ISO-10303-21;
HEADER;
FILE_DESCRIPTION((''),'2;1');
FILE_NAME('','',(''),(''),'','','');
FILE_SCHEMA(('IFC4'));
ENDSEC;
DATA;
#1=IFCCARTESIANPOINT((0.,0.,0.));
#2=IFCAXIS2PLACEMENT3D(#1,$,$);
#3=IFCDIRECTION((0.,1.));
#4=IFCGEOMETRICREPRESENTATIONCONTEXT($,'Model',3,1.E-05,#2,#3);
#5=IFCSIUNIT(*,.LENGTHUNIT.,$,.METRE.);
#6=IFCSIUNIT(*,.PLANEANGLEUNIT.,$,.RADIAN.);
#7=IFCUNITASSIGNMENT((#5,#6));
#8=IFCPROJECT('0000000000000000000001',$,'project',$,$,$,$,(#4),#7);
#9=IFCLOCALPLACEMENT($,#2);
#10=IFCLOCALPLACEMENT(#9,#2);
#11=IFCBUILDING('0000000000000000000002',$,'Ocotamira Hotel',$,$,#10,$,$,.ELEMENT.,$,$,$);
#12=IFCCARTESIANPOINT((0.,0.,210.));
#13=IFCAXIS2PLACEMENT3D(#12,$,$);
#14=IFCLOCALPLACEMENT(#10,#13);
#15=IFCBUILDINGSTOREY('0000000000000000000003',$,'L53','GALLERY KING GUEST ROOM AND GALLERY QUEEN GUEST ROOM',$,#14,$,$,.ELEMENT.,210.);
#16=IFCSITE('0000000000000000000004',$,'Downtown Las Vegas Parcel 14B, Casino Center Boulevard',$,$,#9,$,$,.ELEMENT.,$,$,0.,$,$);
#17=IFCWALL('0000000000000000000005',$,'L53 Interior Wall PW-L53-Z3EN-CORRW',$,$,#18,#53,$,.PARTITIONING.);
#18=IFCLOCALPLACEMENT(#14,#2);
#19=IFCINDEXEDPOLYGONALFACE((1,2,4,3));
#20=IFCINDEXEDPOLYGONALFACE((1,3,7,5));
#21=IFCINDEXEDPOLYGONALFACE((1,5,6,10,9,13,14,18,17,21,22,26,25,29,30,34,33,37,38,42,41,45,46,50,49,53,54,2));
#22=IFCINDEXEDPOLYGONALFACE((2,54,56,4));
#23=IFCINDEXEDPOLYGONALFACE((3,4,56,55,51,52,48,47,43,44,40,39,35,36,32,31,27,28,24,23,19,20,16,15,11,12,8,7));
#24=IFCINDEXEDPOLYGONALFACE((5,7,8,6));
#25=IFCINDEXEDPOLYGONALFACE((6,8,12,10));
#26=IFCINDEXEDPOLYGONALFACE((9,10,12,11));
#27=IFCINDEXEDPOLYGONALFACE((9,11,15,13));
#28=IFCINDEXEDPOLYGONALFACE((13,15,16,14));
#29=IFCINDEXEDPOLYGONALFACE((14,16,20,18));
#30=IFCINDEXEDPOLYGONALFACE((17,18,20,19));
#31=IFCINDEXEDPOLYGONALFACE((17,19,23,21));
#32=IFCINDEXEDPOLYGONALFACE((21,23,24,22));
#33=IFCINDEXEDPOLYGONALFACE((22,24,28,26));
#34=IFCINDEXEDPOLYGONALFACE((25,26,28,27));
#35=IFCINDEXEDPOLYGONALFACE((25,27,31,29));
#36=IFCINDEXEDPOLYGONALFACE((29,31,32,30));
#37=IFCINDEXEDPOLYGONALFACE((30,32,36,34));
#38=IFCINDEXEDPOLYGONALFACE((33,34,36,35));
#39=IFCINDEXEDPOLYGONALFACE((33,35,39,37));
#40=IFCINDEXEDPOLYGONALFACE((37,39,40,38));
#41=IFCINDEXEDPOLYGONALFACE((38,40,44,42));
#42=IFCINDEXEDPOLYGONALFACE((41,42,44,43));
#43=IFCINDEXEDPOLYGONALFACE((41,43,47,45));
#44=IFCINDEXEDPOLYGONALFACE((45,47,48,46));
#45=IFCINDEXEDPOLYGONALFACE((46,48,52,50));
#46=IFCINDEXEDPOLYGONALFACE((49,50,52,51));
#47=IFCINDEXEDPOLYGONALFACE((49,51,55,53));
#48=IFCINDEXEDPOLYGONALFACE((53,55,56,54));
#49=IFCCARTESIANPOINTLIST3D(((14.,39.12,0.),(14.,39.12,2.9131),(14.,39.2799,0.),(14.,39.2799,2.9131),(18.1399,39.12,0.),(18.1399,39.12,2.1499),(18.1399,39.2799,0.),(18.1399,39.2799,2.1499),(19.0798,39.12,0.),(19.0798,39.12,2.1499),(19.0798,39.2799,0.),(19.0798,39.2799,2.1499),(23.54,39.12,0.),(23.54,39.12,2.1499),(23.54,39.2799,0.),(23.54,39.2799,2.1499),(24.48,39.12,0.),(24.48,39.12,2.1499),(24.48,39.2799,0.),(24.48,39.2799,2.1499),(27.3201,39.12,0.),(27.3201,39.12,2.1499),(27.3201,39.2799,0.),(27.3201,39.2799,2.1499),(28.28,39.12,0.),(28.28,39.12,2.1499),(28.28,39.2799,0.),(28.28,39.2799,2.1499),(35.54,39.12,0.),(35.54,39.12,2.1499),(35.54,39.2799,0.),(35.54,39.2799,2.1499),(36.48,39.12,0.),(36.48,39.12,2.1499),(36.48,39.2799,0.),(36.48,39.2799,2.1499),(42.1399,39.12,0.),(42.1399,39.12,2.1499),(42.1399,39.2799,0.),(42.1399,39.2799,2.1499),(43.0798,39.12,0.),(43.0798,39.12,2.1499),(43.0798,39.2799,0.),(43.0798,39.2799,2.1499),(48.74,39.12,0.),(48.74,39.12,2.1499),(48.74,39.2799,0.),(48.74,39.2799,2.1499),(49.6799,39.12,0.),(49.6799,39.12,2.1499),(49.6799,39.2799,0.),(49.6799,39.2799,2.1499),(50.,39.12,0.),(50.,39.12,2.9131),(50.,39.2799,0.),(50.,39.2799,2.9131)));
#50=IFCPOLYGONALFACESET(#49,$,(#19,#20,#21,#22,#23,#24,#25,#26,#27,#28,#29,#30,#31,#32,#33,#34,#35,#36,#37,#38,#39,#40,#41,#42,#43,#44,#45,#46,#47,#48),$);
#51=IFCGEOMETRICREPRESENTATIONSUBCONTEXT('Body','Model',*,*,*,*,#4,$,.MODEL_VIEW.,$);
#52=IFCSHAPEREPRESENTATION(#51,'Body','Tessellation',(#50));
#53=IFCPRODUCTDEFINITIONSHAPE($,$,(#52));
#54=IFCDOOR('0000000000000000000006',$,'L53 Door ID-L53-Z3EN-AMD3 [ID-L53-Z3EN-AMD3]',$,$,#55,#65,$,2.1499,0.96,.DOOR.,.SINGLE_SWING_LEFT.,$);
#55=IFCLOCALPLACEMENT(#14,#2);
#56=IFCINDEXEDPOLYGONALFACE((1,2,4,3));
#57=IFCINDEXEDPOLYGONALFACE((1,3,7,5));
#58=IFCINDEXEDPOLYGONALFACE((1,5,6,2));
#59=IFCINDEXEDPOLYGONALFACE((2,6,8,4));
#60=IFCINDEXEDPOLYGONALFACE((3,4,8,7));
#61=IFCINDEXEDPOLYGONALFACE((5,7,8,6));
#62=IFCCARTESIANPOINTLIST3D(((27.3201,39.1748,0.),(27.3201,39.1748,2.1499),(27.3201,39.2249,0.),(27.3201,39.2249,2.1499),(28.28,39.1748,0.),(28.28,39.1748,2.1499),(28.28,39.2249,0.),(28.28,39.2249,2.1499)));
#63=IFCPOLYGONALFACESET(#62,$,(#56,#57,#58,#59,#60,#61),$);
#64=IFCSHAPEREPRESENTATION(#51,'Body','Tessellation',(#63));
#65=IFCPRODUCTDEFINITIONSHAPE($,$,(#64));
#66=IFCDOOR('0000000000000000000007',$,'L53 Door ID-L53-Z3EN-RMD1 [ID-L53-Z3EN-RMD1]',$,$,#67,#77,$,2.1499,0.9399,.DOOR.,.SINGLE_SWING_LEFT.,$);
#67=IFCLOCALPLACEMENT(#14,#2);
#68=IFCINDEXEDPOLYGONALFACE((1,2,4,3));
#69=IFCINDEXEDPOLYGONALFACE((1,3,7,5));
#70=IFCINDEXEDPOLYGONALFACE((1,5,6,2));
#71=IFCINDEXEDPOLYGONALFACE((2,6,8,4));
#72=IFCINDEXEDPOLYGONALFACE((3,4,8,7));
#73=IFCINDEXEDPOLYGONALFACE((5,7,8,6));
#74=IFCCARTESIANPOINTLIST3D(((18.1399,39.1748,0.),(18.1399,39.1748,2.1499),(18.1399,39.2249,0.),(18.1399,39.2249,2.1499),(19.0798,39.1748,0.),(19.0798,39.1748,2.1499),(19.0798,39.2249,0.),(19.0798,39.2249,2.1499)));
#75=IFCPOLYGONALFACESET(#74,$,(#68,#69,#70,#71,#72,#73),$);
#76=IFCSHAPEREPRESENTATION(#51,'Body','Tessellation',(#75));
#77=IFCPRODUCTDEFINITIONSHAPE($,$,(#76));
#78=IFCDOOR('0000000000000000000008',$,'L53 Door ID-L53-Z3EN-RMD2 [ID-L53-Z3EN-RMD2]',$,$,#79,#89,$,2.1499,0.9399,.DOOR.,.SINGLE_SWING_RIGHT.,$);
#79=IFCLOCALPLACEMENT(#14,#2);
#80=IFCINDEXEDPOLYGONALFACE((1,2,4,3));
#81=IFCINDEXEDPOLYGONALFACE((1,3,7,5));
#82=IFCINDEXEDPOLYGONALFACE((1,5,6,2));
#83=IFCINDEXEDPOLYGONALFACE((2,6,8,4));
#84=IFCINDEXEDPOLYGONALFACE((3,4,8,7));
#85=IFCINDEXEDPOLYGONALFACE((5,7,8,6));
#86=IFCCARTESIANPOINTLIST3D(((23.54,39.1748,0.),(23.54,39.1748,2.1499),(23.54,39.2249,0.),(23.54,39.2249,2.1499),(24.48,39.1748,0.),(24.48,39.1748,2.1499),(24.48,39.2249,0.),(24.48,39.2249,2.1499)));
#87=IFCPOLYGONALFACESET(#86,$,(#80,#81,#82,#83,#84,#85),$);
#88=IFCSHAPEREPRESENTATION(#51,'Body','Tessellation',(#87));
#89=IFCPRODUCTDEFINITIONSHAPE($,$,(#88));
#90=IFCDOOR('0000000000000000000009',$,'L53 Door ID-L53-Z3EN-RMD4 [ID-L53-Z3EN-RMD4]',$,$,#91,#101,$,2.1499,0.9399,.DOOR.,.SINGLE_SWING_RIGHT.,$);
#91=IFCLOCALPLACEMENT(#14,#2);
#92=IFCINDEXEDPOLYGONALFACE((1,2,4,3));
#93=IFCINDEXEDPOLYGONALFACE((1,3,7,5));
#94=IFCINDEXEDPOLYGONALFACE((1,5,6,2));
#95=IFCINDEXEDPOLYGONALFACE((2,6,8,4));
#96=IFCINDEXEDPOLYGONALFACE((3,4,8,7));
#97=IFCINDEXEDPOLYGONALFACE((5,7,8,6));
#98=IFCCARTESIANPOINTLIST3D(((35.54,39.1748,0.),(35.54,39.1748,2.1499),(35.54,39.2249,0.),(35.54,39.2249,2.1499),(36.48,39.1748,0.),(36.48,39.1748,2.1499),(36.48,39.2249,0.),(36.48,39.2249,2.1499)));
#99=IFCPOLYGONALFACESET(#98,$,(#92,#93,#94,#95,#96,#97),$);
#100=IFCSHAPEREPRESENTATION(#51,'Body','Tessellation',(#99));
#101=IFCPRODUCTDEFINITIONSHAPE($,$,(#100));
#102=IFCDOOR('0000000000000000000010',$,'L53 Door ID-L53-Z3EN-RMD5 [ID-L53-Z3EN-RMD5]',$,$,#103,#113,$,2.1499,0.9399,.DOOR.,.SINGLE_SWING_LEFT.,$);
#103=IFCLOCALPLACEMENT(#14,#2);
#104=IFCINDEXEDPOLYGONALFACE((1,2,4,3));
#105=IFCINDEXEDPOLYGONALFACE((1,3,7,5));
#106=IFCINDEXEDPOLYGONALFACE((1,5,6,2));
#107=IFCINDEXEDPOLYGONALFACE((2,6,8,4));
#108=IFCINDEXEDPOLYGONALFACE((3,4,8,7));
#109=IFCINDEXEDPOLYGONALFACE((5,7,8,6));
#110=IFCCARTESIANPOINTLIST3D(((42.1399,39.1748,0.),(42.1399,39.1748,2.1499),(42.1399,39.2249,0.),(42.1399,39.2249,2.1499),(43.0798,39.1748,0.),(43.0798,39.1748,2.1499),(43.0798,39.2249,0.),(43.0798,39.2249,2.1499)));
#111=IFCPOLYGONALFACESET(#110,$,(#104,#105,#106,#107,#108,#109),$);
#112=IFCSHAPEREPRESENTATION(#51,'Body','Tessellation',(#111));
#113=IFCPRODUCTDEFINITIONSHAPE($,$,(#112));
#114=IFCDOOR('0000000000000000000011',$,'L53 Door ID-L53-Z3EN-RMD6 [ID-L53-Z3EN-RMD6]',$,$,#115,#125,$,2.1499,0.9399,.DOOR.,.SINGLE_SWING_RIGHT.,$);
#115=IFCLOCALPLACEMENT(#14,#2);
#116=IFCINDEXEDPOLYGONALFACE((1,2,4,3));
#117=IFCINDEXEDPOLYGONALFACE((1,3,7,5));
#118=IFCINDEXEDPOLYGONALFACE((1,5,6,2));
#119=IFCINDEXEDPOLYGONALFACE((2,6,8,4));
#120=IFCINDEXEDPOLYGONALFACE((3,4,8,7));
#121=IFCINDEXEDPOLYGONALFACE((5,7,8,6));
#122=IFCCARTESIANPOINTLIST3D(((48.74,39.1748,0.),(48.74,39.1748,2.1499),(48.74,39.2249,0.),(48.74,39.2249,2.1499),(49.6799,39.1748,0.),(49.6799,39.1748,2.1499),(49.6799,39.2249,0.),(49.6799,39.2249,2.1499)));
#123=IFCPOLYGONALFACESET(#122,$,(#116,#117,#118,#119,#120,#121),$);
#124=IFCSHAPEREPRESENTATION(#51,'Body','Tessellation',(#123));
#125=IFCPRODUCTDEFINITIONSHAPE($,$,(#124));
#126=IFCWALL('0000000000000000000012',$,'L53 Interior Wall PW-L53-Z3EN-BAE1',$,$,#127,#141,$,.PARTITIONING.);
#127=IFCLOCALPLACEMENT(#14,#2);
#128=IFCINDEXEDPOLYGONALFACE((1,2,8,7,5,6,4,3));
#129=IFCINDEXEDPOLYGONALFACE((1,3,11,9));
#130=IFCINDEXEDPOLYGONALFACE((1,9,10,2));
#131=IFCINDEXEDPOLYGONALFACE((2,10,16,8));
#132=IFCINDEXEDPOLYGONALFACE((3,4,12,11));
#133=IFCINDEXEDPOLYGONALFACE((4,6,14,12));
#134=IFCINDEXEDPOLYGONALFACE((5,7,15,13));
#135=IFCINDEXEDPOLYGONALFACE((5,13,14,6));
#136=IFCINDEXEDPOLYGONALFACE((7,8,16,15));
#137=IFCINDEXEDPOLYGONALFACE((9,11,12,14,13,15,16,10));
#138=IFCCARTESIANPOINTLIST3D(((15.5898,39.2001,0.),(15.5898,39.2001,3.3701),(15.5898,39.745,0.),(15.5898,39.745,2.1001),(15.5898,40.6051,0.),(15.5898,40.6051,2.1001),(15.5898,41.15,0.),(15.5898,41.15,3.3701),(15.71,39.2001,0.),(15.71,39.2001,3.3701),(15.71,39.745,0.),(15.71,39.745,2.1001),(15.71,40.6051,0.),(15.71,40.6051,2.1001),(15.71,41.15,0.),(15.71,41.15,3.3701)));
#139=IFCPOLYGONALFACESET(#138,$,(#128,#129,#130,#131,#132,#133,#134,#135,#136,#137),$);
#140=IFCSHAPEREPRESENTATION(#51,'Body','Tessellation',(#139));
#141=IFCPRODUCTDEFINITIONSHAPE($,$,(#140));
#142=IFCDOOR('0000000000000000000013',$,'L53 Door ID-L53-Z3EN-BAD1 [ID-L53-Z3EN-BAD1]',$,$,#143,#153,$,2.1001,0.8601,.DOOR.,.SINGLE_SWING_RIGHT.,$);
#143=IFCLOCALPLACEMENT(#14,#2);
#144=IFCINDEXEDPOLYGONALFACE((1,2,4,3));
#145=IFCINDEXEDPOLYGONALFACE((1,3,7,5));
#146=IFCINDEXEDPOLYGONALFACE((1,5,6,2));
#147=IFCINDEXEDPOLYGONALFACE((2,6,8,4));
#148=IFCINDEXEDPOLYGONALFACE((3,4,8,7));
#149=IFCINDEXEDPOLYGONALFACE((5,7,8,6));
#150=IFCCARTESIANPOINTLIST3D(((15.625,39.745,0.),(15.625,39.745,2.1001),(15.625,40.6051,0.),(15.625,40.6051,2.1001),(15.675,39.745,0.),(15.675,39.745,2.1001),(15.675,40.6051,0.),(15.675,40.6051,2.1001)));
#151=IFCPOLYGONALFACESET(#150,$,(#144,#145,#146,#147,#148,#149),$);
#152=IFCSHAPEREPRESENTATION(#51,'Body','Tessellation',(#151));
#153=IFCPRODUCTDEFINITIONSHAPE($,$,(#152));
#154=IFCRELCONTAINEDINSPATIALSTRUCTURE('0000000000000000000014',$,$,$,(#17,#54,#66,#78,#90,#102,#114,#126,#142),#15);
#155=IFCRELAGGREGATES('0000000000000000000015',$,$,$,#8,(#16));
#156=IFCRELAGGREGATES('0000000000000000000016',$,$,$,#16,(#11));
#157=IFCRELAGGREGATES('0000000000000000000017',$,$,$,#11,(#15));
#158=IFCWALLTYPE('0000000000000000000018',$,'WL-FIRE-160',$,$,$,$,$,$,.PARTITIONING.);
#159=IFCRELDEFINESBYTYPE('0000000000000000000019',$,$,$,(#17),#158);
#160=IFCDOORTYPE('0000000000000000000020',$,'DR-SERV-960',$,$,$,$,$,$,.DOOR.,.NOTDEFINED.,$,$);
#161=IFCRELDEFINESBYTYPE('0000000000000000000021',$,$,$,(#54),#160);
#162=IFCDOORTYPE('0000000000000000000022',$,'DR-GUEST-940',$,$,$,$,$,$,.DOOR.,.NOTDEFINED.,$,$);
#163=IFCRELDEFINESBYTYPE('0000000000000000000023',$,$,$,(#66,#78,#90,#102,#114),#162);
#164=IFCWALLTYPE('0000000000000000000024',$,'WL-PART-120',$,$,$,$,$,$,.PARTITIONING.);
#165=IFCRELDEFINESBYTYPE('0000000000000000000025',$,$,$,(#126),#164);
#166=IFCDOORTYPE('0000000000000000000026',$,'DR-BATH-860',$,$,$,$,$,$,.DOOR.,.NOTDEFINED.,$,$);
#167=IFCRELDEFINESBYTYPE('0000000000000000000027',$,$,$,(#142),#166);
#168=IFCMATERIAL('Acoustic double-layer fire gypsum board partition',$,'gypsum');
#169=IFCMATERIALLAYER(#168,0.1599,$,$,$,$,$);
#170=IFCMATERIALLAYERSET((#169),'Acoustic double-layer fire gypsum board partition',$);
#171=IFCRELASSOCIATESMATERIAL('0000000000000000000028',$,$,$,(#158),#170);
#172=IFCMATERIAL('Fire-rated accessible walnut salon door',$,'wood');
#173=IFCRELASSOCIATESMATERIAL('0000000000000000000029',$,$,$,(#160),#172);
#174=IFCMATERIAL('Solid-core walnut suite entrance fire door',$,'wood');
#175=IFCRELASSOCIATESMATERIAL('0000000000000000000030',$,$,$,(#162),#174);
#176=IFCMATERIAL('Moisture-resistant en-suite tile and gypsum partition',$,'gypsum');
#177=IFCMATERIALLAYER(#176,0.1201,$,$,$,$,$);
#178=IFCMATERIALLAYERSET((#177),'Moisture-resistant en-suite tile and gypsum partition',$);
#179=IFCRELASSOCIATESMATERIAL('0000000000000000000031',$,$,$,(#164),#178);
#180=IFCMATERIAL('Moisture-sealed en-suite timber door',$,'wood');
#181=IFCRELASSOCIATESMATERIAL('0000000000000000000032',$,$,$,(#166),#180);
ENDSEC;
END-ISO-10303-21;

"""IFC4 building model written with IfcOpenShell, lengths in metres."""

from ifc_helpers import new_model, si_unit, direction, frame, frame_2d, origin, place, context, subcontext, project, spatial, rectangle, extrude, source, transform, mapped, material, layer, layer_set, type_object, element, fill, save


model = new_model("IFC4")

# Units and contexts
model_context = context("Model", 3, precision=1e-05, world=origin(), true_north=direction((0.0, 1.0)))
body_context = subcontext(model_context, "Body", "Model", "MODEL_VIEW")
ifc_project = project(units=[si_unit("LENGTHUNIT", "METRE"), si_unit("PLANEANGLEUNIT", "RADIAN")], contexts=[model_context])

# Site, building, storey
site_placement = place(None, origin())
site = spatial("IfcSite", under=ifc_project, at=site_placement, Name="Downtown Las Vegas Parcel 14B, Casino Center Boulevard", CompositionType="ELEMENT", RefElevation=0.0)
building_placement = place(site_placement, origin())
building = spatial("IfcBuilding", under=site, at=building_placement, Name="Ocotamira Hotel", CompositionType="ELEMENT")
storey_placement = place(building_placement, frame((0.0, 0.0, 210.0)))
storey = spatial("IfcBuildingStorey", under=building, at=storey_placement, Name="L53", Description="GALLERY KING GUEST ROOM AND GALLERY QUEEN GUEST ROOM", CompositionType="ELEMENT", Elevation=210.0)

# Shared definitions
ifc_material_1 = material(Name="Acoustic double-layer fire gypsum board partition", Category="gypsum")
ifc_layer_1 = layer(ifc_material_1, 0.1599)
ifc_layer_set_1 = layer_set([ifc_layer_1], Name="Acoustic double-layer fire gypsum board partition")
wall_type_1 = type_object("IfcWallType", Name="WL-FIRE-160", PredefinedType="PARTITIONING", material=ifc_layer_set_1)
ifc_material_2 = material(Name="Fire-rated accessible walnut salon door", Category="wood")
door_type_1 = type_object("IfcDoorType", Name="DR-SERV-960", OperationType="NOTDEFINED", PredefinedType="DOOR", material=ifc_material_2)
shared_shape_1 = source(origin(), body_context, "Body", "SweptSolid", [
    extrude(rectangle(XDim=0.96, YDim=2.1499, at=frame_2d((0.48, 1.075))), frame((0.0, 0.0249, 0.0), z_axis=(0.0, -1.0, 0.0), x_axis=(1.0, 0.0, 0.0)), (0.0, 0.0, 1.0), 0.05),
])

# Wall, openings, doors
wall_1_placement = place(storey_placement, frame((14.0, 39.2, 0.0), z_axis=(0.0, 0.0, 1.0), x_axis=(1.0, 0.0, 0.0)))
wall_1 = element("IfcWall", 1, at=wall_1_placement, inside=storey, type_object=wall_type_1, Name="L53 Interior Wall PW-L53-Z3EN-CORRW", PredefinedType="PARTITIONING", context=body_context, shape_type="SweptSolid", body=[
    extrude(rectangle(XDim=36.0, YDim=0.1599, at=frame_2d((18.0, 0.0))), origin(), (0.0, 0.0, 1.0), 2.9131),
])
opening_1_placement = place(wall_1_placement, frame((4.1399, 0.0, 0.0)))
opening_1 = element("IfcOpeningElement", 2, at=opening_1_placement, cuts=wall_1, PredefinedType="OPENING", context=body_context, shape_type="SweptSolid", body=[
    extrude(rectangle(XDim=0.9399, YDim=2.1499, at=frame_2d((0.47, 1.075))), frame((0.0, 0.0898, 0.0), z_axis=(0.0, -1.0, 0.0), x_axis=(1.0, 0.0, 0.0)), (0.0, 0.0, 1.0), 0.1799),
])
opening_2_placement = place(wall_1_placement, frame((9.54, 0.0, 0.0)))
opening_2 = element("IfcOpeningElement", 3, at=opening_2_placement, cuts=wall_1, PredefinedType="OPENING", context=body_context, shape_type="SweptSolid", body=[
    extrude(rectangle(XDim=0.9399, YDim=2.1499, at=frame_2d((0.47, 1.075))), frame((0.0, 0.0898, 0.0), z_axis=(0.0, -1.0, 0.0), x_axis=(1.0, 0.0, 0.0)), (0.0, 0.0, 1.0), 0.1799),
])
opening_3_placement = place(wall_1_placement, frame((13.3201, 0.0, 0.0)))
opening_3 = element("IfcOpeningElement", 4, at=opening_3_placement, cuts=wall_1, PredefinedType="OPENING", context=body_context, shape_type="SweptSolid", body=[
    extrude(rectangle(XDim=0.96, YDim=2.1499, at=frame_2d((0.48, 1.075))), frame((0.0, 0.0898, 0.0), z_axis=(0.0, -1.0, 0.0), x_axis=(1.0, 0.0, 0.0)), (0.0, 0.0, 1.0), 0.1799),
])
opening_4_placement = place(wall_1_placement, frame((21.54, 0.0, 0.0)))
opening_4 = element("IfcOpeningElement", 5, at=opening_4_placement, cuts=wall_1, PredefinedType="OPENING", context=body_context, shape_type="SweptSolid", body=[
    extrude(rectangle(XDim=0.9399, YDim=2.1499, at=frame_2d((0.47, 1.075))), frame((0.0, 0.0898, 0.0), z_axis=(0.0, -1.0, 0.0), x_axis=(1.0, 0.0, 0.0)), (0.0, 0.0, 1.0), 0.1799),
])
opening_5_placement = place(wall_1_placement, frame((28.1399, 0.0, 0.0)))
opening_5 = element("IfcOpeningElement", 6, at=opening_5_placement, cuts=wall_1, PredefinedType="OPENING", context=body_context, shape_type="SweptSolid", body=[
    extrude(rectangle(XDim=0.9399, YDim=2.1499, at=frame_2d((0.47, 1.075))), frame((0.0, 0.0898, 0.0), z_axis=(0.0, -1.0, 0.0), x_axis=(1.0, 0.0, 0.0)), (0.0, 0.0, 1.0), 0.1799),
])
opening_6_placement = place(wall_1_placement, frame((34.74, 0.0, 0.0)))
opening_6 = element("IfcOpeningElement", 7, at=opening_6_placement, cuts=wall_1, PredefinedType="OPENING", context=body_context, shape_type="SweptSolid", body=[
    extrude(rectangle(XDim=0.9399, YDim=2.1499, at=frame_2d((0.47, 1.075))), frame((0.0, 0.0898, 0.0), z_axis=(0.0, -1.0, 0.0), x_axis=(1.0, 0.0, 0.0)), (0.0, 0.0, 1.0), 0.1799),
])
door_1_placement = place(opening_3_placement, origin())
door_1 = element("IfcDoor", 8, at=door_1_placement, inside=storey, type_object=door_type_1, Name="L53 Door ID-L53-Z3EN-AMD3 [ID-L53-Z3EN-AMD3]", OperationType="SINGLE_SWING_LEFT", OverallHeight=2.1499, OverallWidth=0.96, PredefinedType="DOOR", context=body_context, shape_type="MappedRepresentation", body=[
    mapped(shared_shape_1, transform((0.0, 0.0, 0.0), scale=1.0)),
])
fill(opening_3, door_1)
ifc_material_3 = material(Name="Solid-core walnut suite entrance fire door", Category="wood")
door_type_2 = type_object("IfcDoorType", Name="DR-GUEST-940", OperationType="NOTDEFINED", PredefinedType="DOOR", material=ifc_material_3)
shared_shape_2 = source(origin(), body_context, "Body", "SweptSolid", [
    extrude(rectangle(XDim=0.9399, YDim=2.1499, at=frame_2d((0.47, 1.075))), frame((0.0, 0.0249, 0.0), z_axis=(0.0, -1.0, 0.0), x_axis=(1.0, 0.0, 0.0)), (0.0, 0.0, 1.0), 0.05),
])
door_2_placement = place(opening_1_placement, origin())
door_2 = element("IfcDoor", 9, at=door_2_placement, inside=storey, type_object=door_type_2, Name="L53 Door ID-L53-Z3EN-RMD1 [ID-L53-Z3EN-RMD1]", OperationType="SINGLE_SWING_LEFT", OverallHeight=2.1499, OverallWidth=0.9399, PredefinedType="DOOR", context=body_context, shape_type="MappedRepresentation", body=[
    mapped(shared_shape_2, transform((0.0, 0.0, 0.0), scale=1.0)),
])
fill(opening_1, door_2)
door_3_placement = place(opening_2_placement, origin())
door_3 = element("IfcDoor", 10, at=door_3_placement, inside=storey, type_object=door_type_2, Name="L53 Door ID-L53-Z3EN-RMD2 [ID-L53-Z3EN-RMD2]", OperationType="SINGLE_SWING_RIGHT", OverallHeight=2.1499, OverallWidth=0.9399, PredefinedType="DOOR", context=body_context, shape_type="MappedRepresentation", body=[
    mapped(shared_shape_2, transform((0.0, 0.0, 0.0), scale=1.0)),
])
fill(opening_2, door_3)
door_4_placement = place(opening_4_placement, origin())
door_4 = element("IfcDoor", 11, at=door_4_placement, inside=storey, type_object=door_type_2, Name="L53 Door ID-L53-Z3EN-RMD4 [ID-L53-Z3EN-RMD4]", OperationType="SINGLE_SWING_RIGHT", OverallHeight=2.1499, OverallWidth=0.9399, PredefinedType="DOOR", context=body_context, shape_type="MappedRepresentation", body=[
    mapped(shared_shape_2, transform((0.0, 0.0, 0.0), scale=1.0)),
])
fill(opening_4, door_4)
door_5_placement = place(opening_5_placement, origin())
door_5 = element("IfcDoor", 12, at=door_5_placement, inside=storey, type_object=door_type_2, Name="L53 Door ID-L53-Z3EN-RMD5 [ID-L53-Z3EN-RMD5]", OperationType="SINGLE_SWING_LEFT", OverallHeight=2.1499, OverallWidth=0.9399, PredefinedType="DOOR", context=body_context, shape_type="MappedRepresentation", body=[
    mapped(shared_shape_2, transform((0.0, 0.0, 0.0), scale=1.0)),
])
fill(opening_5, door_5)
door_6_placement = place(opening_6_placement, origin())
door_6 = element("IfcDoor", 13, at=door_6_placement, inside=storey, type_object=door_type_2, Name="L53 Door ID-L53-Z3EN-RMD6 [ID-L53-Z3EN-RMD6]", OperationType="SINGLE_SWING_RIGHT", OverallHeight=2.1499, OverallWidth=0.9399, PredefinedType="DOOR", context=body_context, shape_type="MappedRepresentation", body=[
    mapped(shared_shape_2, transform((0.0, 0.0, 0.0), scale=1.0)),
])
fill(opening_6, door_6)

# Wall, opening, door
ifc_material_4 = material(Name="Moisture-resistant en-suite tile and gypsum partition", Category="gypsum")
ifc_layer_2 = layer(ifc_material_4, 0.1201)
ifc_layer_set_2 = layer_set([ifc_layer_2], Name="Moisture-resistant en-suite tile and gypsum partition")
wall_type_2 = type_object("IfcWallType", Name="WL-PART-120", PredefinedType="PARTITIONING", material=ifc_layer_set_2)
wall_2_placement = place(storey_placement, frame((15.6499, 39.2, 0.0), z_axis=(0.0, 0.0, 1.0), x_axis=(0.0, 1.0, 0.0)))
wall_2 = element("IfcWall", 14, at=wall_2_placement, inside=storey, type_object=wall_type_2, Name="L53 Interior Wall PW-L53-Z3EN-BAE1", PredefinedType="PARTITIONING", context=body_context, shape_type="SweptSolid", body=[
    extrude(rectangle(XDim=1.95, YDim=0.1201, at=frame_2d((0.9751, 0.0))), origin(), (0.0, 0.0, 1.0), 3.3701),
])
opening_7_placement = place(wall_2_placement, frame((0.5449, 0.0, 0.0)))
opening_7 = element("IfcOpeningElement", 15, at=opening_7_placement, cuts=wall_2, PredefinedType="OPENING", context=body_context, shape_type="SweptSolid", body=[
    extrude(rectangle(XDim=0.8601, YDim=2.1001, at=frame_2d((0.4302, 1.05))), frame((0.0, 0.0701, 0.0), z_axis=(0.0, -1.0, 0.0), x_axis=(1.0, 0.0, 0.0)), (0.0, 0.0, 1.0), 0.1401),
])
ifc_material_5 = material(Name="Moisture-sealed en-suite timber door", Category="wood")
door_type_3 = type_object("IfcDoorType", Name="DR-BATH-860", OperationType="NOTDEFINED", PredefinedType="DOOR", material=ifc_material_5)
shared_shape_3 = source(origin(), body_context, "Body", "SweptSolid", [
    extrude(rectangle(XDim=0.8601, YDim=2.1001, at=frame_2d((0.4302, 1.05))), frame((0.0, 0.0249, 0.0), z_axis=(0.0, -1.0, 0.0), x_axis=(1.0, 0.0, 0.0)), (0.0, 0.0, 1.0), 0.05),
])
door_7_placement = place(opening_7_placement, origin())
door_7 = element("IfcDoor", 16, at=door_7_placement, inside=storey, type_object=door_type_3, Name="L53 Door ID-L53-Z3EN-BAD1 [ID-L53-Z3EN-BAD1]", OperationType="SINGLE_SWING_RIGHT", OverallHeight=2.1001, OverallWidth=0.8601, PredefinedType="DOOR", context=body_context, shape_type="MappedRepresentation", body=[
    mapped(shared_shape_3, transform((0.0, 0.0, 0.0), scale=1.0)),
])
fill(opening_7, door_7)

save(model, "model.ifc")
